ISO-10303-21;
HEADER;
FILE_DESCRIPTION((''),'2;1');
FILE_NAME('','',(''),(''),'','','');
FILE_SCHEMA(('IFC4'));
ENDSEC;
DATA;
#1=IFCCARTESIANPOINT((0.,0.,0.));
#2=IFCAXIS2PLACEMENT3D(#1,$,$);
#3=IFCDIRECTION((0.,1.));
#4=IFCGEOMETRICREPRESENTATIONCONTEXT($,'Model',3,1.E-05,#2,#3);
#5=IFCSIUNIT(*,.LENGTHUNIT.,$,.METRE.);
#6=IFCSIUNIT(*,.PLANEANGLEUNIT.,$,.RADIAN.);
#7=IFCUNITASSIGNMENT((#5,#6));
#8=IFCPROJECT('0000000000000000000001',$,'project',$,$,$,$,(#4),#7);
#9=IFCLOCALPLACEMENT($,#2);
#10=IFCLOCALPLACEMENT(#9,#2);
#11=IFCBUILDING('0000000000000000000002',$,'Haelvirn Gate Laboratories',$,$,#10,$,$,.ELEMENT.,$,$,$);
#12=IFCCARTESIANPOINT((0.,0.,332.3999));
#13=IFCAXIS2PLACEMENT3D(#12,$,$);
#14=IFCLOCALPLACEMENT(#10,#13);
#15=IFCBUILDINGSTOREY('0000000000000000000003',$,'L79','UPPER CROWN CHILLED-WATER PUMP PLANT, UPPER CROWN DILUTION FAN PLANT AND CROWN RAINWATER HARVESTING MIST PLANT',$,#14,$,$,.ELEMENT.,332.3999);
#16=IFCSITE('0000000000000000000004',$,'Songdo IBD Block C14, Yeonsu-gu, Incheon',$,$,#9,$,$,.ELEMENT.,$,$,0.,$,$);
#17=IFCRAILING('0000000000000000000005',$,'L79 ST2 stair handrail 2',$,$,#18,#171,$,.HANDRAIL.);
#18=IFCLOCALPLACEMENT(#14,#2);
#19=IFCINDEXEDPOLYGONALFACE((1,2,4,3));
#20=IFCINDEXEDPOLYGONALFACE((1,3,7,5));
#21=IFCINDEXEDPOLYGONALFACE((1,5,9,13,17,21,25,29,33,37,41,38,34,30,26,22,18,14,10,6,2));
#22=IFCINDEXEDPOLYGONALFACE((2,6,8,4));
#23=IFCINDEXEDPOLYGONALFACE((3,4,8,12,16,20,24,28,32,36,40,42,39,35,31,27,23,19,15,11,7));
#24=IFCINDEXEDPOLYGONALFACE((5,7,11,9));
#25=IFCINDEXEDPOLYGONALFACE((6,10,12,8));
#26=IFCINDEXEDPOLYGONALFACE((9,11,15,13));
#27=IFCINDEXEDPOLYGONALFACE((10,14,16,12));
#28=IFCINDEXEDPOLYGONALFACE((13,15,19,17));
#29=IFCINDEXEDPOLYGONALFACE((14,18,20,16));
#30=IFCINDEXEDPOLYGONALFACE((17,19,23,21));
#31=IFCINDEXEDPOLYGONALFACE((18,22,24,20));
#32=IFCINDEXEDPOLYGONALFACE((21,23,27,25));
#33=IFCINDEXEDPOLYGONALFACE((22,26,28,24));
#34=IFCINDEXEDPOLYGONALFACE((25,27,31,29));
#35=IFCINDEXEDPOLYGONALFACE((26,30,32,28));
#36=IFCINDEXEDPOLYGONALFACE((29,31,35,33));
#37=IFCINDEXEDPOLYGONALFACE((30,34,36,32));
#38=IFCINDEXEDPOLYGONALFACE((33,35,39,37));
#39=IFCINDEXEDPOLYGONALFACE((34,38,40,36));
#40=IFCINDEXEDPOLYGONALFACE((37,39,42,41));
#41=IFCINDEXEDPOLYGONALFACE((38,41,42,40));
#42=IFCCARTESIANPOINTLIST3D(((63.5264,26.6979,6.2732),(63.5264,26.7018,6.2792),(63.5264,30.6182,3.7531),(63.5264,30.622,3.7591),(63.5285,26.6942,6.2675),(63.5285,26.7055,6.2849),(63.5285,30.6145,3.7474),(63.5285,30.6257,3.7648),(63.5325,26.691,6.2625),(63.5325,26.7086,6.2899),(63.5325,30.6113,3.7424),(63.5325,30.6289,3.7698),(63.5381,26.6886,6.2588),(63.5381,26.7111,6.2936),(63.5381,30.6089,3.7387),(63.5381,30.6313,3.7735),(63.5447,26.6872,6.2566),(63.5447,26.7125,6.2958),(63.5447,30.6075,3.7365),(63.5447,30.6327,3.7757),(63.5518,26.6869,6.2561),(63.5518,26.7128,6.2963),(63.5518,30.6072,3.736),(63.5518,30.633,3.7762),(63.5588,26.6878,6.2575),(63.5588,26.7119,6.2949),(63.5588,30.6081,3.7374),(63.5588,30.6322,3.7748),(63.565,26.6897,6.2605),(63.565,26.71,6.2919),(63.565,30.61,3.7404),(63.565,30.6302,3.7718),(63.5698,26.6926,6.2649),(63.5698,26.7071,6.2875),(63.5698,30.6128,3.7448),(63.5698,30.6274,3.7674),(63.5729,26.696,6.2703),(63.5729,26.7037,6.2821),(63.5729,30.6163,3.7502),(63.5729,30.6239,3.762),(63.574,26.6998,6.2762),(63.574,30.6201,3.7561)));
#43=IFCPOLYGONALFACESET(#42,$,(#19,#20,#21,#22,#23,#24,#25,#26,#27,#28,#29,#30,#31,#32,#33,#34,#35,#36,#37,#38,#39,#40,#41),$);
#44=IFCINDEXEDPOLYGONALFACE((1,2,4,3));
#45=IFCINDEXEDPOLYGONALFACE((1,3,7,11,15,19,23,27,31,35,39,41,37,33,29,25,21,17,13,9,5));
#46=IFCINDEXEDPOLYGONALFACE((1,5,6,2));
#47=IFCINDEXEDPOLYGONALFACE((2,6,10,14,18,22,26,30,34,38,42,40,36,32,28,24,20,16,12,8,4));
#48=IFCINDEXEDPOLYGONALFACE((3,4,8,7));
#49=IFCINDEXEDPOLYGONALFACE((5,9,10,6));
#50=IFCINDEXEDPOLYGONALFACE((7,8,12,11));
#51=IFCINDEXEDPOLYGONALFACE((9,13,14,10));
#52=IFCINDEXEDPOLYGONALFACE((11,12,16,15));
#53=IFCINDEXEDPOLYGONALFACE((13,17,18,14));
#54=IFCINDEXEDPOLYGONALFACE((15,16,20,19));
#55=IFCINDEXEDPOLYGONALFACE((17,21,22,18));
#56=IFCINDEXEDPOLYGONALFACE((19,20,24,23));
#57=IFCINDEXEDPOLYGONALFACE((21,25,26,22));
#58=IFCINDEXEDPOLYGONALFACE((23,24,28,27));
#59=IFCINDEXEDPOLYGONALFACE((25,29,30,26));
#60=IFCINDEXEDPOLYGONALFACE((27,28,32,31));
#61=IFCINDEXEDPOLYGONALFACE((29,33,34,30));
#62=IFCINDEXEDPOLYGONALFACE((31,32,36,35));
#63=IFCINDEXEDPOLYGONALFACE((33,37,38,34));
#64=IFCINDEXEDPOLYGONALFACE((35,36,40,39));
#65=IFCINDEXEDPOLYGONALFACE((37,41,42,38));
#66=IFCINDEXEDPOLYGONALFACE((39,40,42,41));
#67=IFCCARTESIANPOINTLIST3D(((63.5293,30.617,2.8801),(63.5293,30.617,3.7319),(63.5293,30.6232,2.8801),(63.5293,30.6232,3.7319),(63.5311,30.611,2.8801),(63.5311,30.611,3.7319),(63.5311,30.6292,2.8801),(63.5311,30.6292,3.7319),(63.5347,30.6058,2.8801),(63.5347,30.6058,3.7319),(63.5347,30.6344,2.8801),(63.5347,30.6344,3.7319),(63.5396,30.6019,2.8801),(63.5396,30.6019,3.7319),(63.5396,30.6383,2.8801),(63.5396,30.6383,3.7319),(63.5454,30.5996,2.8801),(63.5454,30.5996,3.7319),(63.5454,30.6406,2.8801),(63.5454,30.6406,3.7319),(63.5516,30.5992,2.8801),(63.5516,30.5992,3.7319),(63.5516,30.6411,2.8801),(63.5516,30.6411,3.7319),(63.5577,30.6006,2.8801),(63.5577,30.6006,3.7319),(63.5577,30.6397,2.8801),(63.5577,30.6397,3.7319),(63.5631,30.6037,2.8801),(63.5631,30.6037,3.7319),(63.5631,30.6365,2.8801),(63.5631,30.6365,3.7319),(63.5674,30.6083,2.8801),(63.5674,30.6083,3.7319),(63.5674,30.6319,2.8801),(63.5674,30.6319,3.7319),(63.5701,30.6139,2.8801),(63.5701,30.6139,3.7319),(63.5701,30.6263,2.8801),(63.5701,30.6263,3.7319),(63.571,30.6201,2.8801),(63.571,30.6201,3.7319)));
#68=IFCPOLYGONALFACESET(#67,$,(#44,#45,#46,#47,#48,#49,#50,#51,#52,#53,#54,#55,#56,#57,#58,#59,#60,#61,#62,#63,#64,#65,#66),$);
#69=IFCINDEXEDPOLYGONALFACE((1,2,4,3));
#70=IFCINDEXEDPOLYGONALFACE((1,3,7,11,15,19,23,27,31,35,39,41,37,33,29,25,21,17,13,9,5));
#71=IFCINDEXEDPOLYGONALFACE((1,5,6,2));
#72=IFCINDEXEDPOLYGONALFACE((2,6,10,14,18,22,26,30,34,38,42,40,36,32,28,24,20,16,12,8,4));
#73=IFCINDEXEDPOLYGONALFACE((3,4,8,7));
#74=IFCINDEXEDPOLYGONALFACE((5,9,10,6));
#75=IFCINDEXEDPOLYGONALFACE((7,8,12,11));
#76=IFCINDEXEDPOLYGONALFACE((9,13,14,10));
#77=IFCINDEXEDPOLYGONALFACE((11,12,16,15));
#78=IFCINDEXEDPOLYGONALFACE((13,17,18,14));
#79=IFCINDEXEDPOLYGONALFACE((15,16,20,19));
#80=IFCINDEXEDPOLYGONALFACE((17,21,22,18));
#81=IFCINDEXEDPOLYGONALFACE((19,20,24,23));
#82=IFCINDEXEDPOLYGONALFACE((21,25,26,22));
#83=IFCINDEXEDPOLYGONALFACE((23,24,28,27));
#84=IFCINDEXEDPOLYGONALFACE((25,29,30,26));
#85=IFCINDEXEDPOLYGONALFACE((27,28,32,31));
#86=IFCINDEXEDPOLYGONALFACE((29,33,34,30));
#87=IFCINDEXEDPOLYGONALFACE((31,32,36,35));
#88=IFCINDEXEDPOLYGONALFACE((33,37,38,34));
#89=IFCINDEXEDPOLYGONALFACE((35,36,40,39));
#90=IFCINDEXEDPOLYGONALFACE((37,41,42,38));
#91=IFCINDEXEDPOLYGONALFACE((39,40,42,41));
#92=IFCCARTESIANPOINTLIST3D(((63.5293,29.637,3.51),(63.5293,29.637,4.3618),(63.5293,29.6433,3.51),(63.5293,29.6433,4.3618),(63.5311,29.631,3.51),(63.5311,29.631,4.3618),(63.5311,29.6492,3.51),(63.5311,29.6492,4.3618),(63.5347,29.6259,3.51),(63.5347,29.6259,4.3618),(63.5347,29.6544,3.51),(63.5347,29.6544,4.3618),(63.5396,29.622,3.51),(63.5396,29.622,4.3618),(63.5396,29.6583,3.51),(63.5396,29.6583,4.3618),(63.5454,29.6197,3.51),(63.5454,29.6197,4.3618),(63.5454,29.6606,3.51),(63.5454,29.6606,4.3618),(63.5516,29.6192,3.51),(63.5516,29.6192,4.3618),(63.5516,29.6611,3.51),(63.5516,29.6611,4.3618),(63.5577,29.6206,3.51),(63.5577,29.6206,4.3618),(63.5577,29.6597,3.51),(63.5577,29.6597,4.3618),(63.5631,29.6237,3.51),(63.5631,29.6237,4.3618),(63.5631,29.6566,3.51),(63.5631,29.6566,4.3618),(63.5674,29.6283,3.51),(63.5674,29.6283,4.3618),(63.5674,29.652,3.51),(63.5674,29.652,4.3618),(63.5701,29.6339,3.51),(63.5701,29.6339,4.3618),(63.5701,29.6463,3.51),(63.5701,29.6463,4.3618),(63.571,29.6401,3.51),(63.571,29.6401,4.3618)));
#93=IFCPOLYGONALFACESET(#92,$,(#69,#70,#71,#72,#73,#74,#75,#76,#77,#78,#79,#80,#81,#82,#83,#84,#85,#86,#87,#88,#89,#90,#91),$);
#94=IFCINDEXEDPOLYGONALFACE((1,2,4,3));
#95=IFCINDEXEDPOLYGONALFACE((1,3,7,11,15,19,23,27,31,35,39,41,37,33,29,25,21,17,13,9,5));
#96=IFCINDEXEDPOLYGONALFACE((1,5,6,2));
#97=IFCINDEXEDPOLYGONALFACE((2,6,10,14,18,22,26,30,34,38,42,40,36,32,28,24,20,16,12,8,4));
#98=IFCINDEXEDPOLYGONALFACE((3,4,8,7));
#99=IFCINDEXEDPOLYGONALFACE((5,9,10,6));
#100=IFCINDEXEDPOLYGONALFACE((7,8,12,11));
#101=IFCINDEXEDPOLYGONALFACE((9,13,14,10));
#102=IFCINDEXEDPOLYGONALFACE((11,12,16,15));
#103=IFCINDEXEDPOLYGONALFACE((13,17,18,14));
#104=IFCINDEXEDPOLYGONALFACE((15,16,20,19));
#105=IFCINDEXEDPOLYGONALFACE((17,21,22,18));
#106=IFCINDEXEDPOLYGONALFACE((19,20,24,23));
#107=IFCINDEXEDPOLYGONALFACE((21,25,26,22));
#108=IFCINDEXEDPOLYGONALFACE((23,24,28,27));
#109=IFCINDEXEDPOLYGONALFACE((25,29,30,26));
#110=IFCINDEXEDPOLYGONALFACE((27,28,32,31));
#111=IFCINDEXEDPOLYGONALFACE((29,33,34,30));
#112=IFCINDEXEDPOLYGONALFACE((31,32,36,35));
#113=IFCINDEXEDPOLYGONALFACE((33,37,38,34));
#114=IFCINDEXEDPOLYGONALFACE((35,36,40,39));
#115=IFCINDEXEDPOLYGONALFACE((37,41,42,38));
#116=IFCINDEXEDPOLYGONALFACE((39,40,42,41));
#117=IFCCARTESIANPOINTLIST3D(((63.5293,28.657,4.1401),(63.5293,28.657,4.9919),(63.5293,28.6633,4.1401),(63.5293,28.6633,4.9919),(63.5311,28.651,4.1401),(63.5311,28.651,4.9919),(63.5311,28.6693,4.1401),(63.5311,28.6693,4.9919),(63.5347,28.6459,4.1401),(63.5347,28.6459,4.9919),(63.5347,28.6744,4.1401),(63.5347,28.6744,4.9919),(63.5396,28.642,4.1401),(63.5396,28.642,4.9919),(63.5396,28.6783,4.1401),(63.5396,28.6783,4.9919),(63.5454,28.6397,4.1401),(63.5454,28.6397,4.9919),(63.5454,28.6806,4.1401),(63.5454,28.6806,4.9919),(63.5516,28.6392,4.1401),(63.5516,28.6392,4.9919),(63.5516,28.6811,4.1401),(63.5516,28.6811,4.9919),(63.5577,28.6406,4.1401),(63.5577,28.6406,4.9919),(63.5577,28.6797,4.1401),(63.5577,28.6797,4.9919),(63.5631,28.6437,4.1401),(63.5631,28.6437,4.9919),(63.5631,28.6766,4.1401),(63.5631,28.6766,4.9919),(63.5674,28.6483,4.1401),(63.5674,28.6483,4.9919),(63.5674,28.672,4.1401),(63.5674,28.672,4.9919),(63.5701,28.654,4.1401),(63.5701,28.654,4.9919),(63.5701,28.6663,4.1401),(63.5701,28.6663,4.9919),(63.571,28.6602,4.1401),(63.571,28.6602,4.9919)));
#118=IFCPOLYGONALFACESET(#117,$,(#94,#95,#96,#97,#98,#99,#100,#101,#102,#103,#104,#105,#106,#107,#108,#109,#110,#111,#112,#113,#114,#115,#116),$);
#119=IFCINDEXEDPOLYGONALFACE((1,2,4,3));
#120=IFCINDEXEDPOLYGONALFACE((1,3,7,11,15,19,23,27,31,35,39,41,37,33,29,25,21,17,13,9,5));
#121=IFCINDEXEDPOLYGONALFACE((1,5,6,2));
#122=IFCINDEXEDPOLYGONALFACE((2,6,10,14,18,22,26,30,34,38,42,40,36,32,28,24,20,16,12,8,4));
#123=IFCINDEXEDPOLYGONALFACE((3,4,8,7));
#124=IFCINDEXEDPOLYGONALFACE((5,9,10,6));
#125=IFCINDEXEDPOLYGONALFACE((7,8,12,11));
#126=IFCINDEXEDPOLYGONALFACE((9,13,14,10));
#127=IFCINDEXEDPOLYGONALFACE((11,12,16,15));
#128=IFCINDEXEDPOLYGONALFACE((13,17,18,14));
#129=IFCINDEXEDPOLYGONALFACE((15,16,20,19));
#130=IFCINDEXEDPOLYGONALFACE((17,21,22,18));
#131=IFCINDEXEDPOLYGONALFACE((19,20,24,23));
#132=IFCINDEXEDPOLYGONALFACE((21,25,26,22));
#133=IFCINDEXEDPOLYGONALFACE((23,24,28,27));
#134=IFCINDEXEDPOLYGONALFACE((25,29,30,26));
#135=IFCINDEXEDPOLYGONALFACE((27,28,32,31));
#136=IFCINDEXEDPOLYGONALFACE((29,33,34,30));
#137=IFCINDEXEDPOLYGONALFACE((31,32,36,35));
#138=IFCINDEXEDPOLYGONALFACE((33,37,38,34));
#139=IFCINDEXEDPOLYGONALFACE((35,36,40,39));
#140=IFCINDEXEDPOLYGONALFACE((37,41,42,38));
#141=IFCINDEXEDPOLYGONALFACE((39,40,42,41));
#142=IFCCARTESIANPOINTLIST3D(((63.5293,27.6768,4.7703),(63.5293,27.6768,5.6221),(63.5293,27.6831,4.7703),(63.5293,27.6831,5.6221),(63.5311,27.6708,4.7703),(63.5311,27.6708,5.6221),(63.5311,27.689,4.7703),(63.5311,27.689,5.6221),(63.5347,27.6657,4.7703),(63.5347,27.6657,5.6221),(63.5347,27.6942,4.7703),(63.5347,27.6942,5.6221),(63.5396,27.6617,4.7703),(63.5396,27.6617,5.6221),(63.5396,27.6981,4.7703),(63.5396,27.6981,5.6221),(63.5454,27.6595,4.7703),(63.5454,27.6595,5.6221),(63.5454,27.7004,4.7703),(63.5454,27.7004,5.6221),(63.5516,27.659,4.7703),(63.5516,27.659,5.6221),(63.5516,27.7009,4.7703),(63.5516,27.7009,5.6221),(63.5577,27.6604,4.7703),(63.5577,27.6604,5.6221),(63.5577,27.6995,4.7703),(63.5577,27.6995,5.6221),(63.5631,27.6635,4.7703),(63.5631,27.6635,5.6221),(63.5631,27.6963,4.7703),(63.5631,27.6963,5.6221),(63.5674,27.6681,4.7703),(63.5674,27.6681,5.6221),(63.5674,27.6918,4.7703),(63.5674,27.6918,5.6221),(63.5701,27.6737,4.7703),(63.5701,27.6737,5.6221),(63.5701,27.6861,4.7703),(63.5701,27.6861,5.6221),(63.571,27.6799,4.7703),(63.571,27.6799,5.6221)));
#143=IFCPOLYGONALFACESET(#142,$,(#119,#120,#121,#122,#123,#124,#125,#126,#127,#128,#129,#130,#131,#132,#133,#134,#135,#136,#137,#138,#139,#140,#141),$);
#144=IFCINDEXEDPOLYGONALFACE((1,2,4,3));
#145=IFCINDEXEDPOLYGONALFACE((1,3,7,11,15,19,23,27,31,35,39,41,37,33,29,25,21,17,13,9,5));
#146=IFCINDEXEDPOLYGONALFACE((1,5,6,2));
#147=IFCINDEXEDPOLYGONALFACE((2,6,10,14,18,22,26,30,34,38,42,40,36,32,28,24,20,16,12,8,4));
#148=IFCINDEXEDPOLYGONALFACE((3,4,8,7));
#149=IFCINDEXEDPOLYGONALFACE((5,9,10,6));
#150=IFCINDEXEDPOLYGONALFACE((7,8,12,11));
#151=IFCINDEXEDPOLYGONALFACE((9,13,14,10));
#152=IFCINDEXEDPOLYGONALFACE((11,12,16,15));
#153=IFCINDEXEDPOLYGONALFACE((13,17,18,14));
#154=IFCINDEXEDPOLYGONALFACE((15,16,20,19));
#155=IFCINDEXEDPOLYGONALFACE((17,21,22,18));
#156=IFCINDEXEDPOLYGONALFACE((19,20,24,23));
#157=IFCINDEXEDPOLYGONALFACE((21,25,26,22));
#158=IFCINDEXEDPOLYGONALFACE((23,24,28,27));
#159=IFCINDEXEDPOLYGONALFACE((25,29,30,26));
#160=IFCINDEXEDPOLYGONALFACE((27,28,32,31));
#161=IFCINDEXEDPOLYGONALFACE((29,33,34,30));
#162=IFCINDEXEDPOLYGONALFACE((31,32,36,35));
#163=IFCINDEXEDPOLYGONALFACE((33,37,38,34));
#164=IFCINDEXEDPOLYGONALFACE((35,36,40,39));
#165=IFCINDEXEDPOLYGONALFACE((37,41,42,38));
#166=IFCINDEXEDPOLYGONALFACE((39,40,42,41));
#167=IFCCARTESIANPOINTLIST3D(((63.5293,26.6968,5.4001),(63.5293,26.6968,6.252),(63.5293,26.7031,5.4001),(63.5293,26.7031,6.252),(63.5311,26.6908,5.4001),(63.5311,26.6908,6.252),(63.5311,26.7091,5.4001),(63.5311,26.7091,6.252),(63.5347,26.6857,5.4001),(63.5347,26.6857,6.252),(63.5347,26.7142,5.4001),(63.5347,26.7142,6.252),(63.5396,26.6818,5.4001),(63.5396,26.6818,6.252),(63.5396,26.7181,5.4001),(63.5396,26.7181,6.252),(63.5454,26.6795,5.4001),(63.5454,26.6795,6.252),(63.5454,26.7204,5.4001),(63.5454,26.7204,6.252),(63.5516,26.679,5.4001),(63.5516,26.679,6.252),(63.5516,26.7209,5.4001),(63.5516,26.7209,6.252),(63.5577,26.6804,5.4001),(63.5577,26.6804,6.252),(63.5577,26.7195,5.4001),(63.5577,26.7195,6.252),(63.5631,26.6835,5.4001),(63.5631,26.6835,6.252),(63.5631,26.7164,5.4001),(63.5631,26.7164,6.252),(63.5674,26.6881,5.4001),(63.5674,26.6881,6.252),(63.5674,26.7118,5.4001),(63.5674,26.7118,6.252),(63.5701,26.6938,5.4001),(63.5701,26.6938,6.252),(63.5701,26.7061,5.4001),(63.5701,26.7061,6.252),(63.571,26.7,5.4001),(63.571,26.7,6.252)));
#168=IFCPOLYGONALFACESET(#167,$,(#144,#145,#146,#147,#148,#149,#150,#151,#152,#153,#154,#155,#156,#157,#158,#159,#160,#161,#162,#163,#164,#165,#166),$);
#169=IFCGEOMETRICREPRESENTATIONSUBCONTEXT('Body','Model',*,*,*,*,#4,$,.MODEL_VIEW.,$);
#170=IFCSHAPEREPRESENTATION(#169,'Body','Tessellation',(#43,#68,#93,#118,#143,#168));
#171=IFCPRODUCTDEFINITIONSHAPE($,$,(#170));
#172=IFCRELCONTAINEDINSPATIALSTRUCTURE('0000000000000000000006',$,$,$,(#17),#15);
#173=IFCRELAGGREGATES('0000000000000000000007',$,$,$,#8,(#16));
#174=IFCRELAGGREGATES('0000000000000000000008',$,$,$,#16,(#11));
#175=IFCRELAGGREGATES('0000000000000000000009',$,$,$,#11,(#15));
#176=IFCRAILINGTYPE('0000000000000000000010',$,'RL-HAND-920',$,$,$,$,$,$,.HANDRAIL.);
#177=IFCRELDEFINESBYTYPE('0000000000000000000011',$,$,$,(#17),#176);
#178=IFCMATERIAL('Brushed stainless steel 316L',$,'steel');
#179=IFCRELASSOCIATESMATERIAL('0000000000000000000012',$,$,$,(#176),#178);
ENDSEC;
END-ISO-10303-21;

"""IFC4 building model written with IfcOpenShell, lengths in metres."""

from ifc_helpers import new_model, si_unit, direction, frame, origin, origin_2d, place, context, subcontext, project, spatial, circle, extrude, source, transform, mapped, material, type_object, element, save


model = new_model("IFC4")

# Units and contexts
model_context = context("Model", 3, precision=1e-05, world=origin(), true_north=direction((0.0, 1.0)))
body_context = subcontext(model_context, "Body", "Model", "MODEL_VIEW")
ifc_project = project(units=[si_unit("LENGTHUNIT", "METRE"), si_unit("PLANEANGLEUNIT", "RADIAN")], contexts=[model_context])

# Site, building, storey
site_placement = place(None, origin())
site = spatial("IfcSite", under=ifc_project, at=site_placement, Name="Songdo IBD Block C14, Yeonsu-gu, Incheon", CompositionType="ELEMENT", RefElevation=0.0)
building_placement = place(site_placement, origin())
building = spatial("IfcBuilding", under=site, at=building_placement, Name="Haelvirn Gate Laboratories", CompositionType="ELEMENT")
storey_placement = place(building_placement, frame((0.0, 0.0, 332.3999)))
storey = spatial("IfcBuildingStorey", under=building, at=storey_placement, Name="L79", Description="UPPER CROWN CHILLED-WATER PUMP PLANT, UPPER CROWN DILUTION FAN PLANT AND CROWN RAINWATER HARVESTING MIST PLANT", CompositionType="ELEMENT", Elevation=332.3999)

# Railing
ifc_material_1 = material(Name="Brushed stainless steel 316L", Category="steel")
railing_type_1 = type_object("IfcRailingType", Name="RL-HAND-920", PredefinedType="HANDRAIL", material=ifc_material_1)
shared_shape_1 = source(origin(), body_context, "Body", "SweptSolid", [
    extrude(circle(Radius=0.0239, at=origin_2d()), frame((0.0, 0.0, 0.876), z_axis=(0.0, -0.841187, 0.540744), x_axis=(1.0, 0.0, 0.0)), (0.0, 0.0, 1.0), 4.6604),
    extrude(circle(Radius=0.021, at=origin_2d()), origin(), (0.0, 0.0, 1.0), 0.8518),
    extrude(circle(Radius=0.021, at=origin_2d()), frame((0.0, -0.98, 0.6299)), (0.0, 0.0, 1.0), 0.8518),
    extrude(circle(Radius=0.021, at=origin_2d()), frame((0.0, -1.96, 1.26)), (0.0, 0.0, 1.0), 0.8518),
    extrude(circle(Radius=0.021, at=origin_2d()), frame((0.0, -2.9402, 1.8901)), (0.0, 0.0, 1.0), 0.8518),
    extrude(circle(Radius=0.021, at=origin_2d()), frame((0.0, -3.9202, 2.52)), (0.0, 0.0, 1.0), 0.8518),
])
railing_1_placement = place(storey_placement, frame((63.55, 30.6201, 2.8801)))
element("IfcRailing", 1, at=railing_1_placement, inside=storey, type_object=railing_type_1, Name="L79 ST2 stair handrail 2", PredefinedType="HANDRAIL", context=body_context, shape_type="MappedRepresentation", body=[
    mapped(shared_shape_1, transform((0.0, 0.0, 0.0), scale=1.0)),
])

save(model, "model.ifc")
